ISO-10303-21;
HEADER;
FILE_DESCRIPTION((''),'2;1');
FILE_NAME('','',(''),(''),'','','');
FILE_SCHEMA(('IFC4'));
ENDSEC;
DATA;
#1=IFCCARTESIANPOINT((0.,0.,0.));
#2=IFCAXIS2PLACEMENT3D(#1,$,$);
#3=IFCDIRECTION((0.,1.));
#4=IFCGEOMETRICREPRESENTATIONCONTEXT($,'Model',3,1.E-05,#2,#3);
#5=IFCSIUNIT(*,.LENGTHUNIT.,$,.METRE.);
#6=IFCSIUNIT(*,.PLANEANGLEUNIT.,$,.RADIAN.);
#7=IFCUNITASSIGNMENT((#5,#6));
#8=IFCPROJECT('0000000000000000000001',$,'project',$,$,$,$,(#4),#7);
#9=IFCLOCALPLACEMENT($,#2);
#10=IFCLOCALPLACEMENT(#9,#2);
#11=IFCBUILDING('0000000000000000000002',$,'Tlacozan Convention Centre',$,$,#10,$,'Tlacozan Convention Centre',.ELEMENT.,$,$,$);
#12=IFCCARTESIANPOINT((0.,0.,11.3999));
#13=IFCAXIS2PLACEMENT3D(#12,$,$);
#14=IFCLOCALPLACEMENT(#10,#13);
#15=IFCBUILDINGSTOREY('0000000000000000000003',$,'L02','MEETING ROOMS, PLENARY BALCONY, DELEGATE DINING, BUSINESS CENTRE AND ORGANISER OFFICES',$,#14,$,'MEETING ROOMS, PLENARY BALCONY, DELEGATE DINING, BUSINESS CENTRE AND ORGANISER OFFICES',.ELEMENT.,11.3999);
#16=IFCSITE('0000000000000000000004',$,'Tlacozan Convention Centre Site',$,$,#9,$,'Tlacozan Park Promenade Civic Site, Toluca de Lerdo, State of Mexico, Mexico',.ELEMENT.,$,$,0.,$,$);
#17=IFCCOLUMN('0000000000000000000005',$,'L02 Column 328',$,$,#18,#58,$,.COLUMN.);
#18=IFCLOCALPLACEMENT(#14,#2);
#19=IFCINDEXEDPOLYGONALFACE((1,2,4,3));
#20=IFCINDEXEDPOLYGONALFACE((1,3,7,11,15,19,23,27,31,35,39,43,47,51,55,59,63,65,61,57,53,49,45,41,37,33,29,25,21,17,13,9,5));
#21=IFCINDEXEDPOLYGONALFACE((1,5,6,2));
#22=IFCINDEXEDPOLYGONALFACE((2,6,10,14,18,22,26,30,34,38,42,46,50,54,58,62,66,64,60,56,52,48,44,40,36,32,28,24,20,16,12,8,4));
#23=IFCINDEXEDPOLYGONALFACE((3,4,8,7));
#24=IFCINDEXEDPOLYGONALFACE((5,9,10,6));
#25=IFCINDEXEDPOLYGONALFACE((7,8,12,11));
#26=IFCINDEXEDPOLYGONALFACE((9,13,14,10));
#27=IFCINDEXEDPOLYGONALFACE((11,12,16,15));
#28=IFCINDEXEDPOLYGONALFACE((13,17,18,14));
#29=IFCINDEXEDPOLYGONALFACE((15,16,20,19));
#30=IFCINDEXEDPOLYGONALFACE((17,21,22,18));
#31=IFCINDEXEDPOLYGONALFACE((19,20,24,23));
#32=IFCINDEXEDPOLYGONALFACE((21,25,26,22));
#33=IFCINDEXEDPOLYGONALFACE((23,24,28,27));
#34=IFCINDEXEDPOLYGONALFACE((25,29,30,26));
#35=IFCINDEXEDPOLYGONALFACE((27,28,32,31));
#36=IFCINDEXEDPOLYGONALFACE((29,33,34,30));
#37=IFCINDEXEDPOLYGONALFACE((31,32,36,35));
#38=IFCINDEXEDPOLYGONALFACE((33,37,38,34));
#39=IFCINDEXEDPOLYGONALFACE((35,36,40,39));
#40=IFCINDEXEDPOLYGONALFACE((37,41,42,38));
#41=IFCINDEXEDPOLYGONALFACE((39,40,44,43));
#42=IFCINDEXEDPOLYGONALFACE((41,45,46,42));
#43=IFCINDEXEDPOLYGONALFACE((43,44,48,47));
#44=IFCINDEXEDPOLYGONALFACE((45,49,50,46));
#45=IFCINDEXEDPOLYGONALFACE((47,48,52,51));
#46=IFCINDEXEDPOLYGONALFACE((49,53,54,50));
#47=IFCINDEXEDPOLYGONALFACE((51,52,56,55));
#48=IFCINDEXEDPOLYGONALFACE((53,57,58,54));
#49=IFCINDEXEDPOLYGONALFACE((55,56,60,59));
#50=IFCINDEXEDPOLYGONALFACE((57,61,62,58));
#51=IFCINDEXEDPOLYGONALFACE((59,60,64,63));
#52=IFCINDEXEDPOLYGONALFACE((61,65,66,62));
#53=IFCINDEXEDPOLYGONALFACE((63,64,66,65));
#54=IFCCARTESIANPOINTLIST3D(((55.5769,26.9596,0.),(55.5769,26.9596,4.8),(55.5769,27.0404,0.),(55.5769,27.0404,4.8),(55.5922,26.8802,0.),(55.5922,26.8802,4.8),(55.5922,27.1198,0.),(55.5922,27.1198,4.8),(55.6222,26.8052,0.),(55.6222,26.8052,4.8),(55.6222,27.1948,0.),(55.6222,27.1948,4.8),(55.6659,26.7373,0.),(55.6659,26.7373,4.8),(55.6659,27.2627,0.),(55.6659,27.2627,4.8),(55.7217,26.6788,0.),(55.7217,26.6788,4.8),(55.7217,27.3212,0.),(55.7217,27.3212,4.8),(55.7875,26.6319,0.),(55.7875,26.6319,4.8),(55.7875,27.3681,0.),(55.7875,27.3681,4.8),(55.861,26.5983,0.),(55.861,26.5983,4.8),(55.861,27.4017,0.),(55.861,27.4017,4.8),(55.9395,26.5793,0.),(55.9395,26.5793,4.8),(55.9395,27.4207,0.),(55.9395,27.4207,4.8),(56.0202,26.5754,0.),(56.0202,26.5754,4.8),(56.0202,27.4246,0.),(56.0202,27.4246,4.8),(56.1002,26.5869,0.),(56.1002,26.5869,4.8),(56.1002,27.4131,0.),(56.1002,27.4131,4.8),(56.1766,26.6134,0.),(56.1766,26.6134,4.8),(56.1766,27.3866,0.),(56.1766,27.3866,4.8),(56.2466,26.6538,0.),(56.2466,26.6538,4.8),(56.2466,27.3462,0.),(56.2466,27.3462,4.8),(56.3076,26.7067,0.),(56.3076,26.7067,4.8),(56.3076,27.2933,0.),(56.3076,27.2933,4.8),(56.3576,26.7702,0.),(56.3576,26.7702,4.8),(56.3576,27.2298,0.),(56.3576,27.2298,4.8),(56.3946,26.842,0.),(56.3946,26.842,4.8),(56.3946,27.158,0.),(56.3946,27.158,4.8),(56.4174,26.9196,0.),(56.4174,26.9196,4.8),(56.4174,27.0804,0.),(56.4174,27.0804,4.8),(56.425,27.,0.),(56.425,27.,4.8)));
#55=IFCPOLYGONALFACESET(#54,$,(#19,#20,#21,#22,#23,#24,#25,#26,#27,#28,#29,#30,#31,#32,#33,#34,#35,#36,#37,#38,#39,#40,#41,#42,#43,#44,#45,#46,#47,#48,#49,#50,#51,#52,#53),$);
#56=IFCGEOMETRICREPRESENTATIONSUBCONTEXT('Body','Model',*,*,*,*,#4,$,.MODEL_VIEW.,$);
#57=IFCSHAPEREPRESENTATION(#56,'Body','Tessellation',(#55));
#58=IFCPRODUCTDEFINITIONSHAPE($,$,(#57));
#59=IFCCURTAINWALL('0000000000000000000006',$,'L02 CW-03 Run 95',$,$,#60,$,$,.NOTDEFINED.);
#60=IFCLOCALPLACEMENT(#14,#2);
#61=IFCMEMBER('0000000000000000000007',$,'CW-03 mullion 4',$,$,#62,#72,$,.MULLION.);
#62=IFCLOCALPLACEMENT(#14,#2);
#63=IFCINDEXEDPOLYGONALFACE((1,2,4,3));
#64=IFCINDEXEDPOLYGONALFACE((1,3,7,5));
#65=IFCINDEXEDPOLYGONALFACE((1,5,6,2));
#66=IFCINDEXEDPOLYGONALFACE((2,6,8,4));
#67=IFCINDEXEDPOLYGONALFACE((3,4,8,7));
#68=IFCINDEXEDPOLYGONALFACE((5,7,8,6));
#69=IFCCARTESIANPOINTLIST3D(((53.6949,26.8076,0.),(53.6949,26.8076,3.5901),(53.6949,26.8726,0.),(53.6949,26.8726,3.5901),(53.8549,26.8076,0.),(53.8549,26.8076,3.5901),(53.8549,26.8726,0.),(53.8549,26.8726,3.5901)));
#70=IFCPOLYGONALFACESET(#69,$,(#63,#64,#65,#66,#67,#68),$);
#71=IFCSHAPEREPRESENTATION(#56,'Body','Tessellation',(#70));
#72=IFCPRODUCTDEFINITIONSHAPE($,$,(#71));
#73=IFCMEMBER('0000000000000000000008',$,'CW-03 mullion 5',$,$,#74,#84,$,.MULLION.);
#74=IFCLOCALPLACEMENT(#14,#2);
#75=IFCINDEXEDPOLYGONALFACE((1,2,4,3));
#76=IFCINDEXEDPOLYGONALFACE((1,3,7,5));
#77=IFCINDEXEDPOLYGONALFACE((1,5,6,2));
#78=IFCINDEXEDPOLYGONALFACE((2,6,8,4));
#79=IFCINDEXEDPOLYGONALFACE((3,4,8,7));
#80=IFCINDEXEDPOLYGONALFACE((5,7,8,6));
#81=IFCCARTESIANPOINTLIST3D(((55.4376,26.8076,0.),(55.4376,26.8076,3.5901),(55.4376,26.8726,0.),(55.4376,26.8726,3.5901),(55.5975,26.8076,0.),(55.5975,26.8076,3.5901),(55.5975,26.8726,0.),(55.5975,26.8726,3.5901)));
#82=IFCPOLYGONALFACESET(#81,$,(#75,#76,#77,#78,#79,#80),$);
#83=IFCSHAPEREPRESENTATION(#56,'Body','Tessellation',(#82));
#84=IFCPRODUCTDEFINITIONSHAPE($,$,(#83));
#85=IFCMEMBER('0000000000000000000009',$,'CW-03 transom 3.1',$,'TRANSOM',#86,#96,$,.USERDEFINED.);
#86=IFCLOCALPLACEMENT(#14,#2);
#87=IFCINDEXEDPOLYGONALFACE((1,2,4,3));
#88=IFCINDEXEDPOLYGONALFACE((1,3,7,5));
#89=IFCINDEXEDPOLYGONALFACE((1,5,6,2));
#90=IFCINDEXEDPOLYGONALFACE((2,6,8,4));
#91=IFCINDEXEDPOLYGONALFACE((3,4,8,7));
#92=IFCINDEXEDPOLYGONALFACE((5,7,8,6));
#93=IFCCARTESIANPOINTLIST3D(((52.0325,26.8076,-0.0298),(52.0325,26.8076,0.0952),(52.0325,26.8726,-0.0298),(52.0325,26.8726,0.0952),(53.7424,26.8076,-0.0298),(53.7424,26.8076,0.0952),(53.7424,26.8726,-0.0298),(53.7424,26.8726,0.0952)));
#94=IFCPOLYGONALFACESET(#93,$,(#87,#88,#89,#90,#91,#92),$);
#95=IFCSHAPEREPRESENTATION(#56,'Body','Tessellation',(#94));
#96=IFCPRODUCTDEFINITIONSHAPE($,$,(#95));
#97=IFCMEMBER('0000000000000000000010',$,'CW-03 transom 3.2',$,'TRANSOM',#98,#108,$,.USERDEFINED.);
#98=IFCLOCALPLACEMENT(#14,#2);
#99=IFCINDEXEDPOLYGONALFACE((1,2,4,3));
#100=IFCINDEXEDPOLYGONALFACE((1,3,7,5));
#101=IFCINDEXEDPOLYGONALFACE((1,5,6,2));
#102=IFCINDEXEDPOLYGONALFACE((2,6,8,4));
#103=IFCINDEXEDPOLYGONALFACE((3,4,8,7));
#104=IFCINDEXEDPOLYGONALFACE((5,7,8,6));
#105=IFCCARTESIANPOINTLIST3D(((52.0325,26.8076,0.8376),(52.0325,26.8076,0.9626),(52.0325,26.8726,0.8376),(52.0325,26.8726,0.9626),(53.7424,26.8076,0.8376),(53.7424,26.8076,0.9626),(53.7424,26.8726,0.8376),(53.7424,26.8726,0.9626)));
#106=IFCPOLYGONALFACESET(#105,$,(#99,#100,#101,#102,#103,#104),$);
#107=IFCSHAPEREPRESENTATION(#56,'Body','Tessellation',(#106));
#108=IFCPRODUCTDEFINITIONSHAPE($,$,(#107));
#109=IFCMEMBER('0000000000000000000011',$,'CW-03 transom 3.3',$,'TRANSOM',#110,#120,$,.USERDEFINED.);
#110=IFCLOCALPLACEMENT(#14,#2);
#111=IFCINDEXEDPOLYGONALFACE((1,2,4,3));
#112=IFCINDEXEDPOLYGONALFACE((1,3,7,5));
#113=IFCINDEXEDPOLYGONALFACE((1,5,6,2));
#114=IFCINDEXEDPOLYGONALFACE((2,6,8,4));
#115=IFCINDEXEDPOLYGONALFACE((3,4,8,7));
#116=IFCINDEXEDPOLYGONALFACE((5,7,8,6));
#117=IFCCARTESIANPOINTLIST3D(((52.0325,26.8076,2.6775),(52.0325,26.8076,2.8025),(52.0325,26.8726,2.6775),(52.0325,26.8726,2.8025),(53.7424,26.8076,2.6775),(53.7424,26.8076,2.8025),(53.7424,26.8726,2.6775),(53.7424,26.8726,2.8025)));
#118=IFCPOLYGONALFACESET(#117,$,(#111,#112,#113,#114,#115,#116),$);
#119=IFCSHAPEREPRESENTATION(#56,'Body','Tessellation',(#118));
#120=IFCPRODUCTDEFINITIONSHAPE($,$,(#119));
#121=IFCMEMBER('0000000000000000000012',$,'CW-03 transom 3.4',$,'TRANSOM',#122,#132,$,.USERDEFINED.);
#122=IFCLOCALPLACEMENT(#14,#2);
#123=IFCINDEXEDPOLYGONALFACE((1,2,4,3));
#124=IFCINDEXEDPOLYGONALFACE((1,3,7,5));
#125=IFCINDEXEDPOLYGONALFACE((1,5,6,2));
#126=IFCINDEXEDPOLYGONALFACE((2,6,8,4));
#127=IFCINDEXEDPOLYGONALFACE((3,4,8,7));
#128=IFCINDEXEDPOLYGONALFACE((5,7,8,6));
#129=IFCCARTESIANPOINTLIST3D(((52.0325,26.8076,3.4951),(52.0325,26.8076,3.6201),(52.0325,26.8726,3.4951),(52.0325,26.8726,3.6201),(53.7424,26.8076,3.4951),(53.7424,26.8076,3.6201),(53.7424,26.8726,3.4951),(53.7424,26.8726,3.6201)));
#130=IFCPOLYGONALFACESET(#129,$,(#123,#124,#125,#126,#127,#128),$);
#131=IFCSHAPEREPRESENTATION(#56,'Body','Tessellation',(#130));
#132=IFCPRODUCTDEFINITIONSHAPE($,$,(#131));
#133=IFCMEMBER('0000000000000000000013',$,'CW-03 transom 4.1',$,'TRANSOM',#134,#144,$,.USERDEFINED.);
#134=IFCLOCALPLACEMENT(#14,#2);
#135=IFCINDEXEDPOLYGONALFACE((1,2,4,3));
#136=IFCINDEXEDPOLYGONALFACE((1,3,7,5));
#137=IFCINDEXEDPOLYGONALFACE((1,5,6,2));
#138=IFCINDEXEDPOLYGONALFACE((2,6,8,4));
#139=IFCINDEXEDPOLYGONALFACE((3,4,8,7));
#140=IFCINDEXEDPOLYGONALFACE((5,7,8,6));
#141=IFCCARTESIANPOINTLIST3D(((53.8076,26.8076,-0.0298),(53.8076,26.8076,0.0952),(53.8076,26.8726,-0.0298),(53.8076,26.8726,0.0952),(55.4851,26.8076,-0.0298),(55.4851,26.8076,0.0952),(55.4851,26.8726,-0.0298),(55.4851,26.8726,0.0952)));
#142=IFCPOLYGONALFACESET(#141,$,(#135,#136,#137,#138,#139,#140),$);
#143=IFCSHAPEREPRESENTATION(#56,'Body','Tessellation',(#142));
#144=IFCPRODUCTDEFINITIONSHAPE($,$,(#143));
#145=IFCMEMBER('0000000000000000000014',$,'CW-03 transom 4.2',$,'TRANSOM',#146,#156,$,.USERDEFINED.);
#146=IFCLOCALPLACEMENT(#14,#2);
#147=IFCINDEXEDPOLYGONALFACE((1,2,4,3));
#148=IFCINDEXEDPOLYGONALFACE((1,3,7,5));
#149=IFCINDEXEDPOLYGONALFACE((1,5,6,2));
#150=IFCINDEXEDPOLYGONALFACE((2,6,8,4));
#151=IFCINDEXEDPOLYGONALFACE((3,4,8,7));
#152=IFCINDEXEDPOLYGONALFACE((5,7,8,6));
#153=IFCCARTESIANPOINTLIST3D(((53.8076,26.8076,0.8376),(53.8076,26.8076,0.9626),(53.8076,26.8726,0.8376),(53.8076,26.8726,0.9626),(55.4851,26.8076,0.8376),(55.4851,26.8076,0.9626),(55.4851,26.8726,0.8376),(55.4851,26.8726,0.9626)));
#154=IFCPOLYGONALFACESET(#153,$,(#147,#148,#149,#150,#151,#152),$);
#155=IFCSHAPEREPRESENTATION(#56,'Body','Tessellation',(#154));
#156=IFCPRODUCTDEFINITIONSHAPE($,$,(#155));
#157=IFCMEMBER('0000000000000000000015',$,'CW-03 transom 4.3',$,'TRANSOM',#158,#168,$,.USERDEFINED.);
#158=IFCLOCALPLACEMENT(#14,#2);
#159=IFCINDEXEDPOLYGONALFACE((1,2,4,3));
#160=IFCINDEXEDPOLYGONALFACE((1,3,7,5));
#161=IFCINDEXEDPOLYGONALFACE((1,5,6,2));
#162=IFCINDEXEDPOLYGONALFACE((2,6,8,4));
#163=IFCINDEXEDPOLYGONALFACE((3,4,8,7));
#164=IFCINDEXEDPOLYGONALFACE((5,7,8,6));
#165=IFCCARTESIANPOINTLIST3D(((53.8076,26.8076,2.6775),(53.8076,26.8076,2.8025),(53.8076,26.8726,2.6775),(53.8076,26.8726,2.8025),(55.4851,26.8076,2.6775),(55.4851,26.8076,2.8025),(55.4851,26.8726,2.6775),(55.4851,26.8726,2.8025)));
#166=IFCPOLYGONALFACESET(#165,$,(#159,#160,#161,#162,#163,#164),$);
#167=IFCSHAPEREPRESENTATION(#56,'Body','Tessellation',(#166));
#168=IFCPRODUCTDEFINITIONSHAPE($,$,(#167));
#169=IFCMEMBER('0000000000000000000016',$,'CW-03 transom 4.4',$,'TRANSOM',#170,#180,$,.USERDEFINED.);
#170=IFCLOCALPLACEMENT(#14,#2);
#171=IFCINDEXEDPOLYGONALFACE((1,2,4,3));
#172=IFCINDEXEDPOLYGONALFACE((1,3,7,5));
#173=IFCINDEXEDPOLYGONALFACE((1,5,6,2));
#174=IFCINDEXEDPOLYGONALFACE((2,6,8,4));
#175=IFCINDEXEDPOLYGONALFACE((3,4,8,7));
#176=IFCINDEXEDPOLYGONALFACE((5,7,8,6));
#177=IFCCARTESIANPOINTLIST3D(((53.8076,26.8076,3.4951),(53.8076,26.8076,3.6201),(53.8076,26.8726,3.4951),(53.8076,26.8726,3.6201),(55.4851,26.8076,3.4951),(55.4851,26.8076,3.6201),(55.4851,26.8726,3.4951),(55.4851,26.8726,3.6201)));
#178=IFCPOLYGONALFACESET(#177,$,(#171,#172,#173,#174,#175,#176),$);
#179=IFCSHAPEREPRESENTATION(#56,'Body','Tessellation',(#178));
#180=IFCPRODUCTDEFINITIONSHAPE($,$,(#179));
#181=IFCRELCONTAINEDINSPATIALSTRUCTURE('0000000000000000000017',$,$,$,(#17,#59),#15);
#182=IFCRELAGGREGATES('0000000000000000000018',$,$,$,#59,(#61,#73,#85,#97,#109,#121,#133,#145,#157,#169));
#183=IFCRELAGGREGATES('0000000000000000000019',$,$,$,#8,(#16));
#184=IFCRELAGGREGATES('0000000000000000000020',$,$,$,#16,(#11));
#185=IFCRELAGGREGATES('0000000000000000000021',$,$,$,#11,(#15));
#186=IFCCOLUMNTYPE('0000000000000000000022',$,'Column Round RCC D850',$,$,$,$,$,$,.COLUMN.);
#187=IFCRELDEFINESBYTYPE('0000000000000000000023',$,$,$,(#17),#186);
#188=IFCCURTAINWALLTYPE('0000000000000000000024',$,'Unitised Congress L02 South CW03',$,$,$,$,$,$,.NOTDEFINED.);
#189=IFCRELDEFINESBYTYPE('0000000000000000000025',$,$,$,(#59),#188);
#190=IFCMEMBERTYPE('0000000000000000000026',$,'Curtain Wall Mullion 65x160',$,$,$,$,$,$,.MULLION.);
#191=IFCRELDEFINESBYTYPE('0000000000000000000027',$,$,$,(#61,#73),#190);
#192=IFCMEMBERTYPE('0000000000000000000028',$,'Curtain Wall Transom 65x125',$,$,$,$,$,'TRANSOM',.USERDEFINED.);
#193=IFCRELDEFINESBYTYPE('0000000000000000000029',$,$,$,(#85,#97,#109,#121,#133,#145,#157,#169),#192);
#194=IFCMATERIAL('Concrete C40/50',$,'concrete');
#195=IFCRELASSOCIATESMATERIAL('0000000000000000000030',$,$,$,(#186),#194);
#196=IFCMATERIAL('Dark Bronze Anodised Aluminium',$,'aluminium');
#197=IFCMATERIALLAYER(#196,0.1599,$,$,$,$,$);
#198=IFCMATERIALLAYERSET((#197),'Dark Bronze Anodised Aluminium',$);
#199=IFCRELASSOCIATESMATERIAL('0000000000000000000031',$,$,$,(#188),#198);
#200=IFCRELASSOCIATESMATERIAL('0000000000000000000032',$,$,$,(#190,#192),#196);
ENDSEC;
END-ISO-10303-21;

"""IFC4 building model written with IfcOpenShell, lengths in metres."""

from ifc_helpers import new_model, si_unit, direction, frame, origin, origin_2d, place, context, subcontext, project, spatial, rectangle, circle, extrude, material, layer, layer_set, material_profile, profile_set, type_object, element, aggregate, save


model = new_model("IFC4")

# Units and contexts
model_context = context("Model", 3, precision=1e-05, world=origin(), true_north=direction((0.0, 1.0)))
body_context = subcontext(model_context, "Body", "Model", "MODEL_VIEW")
ifc_project = project(units=[si_unit("LENGTHUNIT", "METRE"), si_unit("PLANEANGLEUNIT", "RADIAN")], contexts=[model_context])

# Site, building, storey
site_placement = place(None, origin())
site = spatial("IfcSite", under=ifc_project, at=site_placement, Name="Tlacozan Convention Centre Site", LongName="Tlacozan Park Promenade Civic Site, Toluca de Lerdo, State of Mexico, Mexico", CompositionType="ELEMENT", RefElevation=0.0)
building_placement = place(site_placement, origin())
building = spatial("IfcBuilding", under=site, at=building_placement, Name="Tlacozan Convention Centre", LongName="Tlacozan Convention Centre", CompositionType="ELEMENT")
storey_placement = place(building_placement, frame((0.0, 0.0, 11.3999)))
storey = spatial("IfcBuildingStorey", under=building, at=storey_placement, Name="L02", Description="MEETING ROOMS, PLENARY BALCONY, DELEGATE DINING, BUSINESS CENTRE AND ORGANISER OFFICES", LongName="MEETING ROOMS, PLENARY BALCONY, DELEGATE DINING, BUSINESS CENTRE AND ORGANISER OFFICES", CompositionType="ELEMENT", Elevation=11.3999)

# Column
ifc_material_1 = material(Name="Concrete C40/50", Category="concrete")
ifc_material_profile_1 = material_profile(ifc_material_1, circle(Radius=0.425, at=origin_2d()), Name="RCC D850")
ifc_profile_set_1 = profile_set([ifc_material_profile_1], Name="Concrete C40/50")
column_type = type_object("IfcColumnType", Name="Column Round RCC D850", PredefinedType="COLUMN", material=ifc_profile_set_1)
column_placement = place(storey_placement, frame((56.0, 27.0, 0.0), z_axis=(0.0, 0.0, 1.0), x_axis=(1.0, 0.0, 0.0)))
element("IfcColumn", 1, at=column_placement, inside=storey, type_object=column_type, Name="L02 Column 328", PredefinedType="COLUMN", context=body_context, shape_type="SweptSolid", body=[
    extrude(circle(Radius=0.425, at=origin_2d()), origin(), (0.0, 0.0, 1.0), 4.8),
])

# Curtain wall, members
ifc_material_2 = material(Name="Dark Bronze Anodised Aluminium", Category="aluminium")
ifc_layer_1 = layer(ifc_material_2, 0.1599)
ifc_layer_set_1 = layer_set([ifc_layer_1], Name="Dark Bronze Anodised Aluminium")
curtain_wall_type = type_object("IfcCurtainWallType", Name="Unitised Congress L02 South CW03", PredefinedType="NOTDEFINED", material=ifc_layer_set_1)
curtain_wall_placement = place(storey_placement, origin())
curtain_wall = element("IfcCurtainWall", 2, at=curtain_wall_placement, inside=storey, type_object=curtain_wall_type, Name="L02 CW-03 Run 95", PredefinedType="NOTDEFINED")
ifc_material_profile_2 = material_profile(ifc_material_2, rectangle(XDim=0.0649, YDim=0.1599, at=origin_2d()), Name="ALU 65x160")
ifc_profile_set_2 = profile_set([ifc_material_profile_2], Name="Dark Bronze Anodised Aluminium")
member_type_1 = type_object("IfcMemberType", Name="Curtain Wall Mullion 65x160", PredefinedType="MULLION", material=ifc_profile_set_2)
member_1_placement = place(storey_placement, frame((53.7749, 26.8401, 0.0), z_axis=(0.0, 0.0, 1.0), x_axis=(0.0, 1.0, 0.0)))
member_1 = element("IfcMember", 3, at=member_1_placement, type_object=member_type_1, Name="CW-03 mullion 4", PredefinedType="MULLION", context=body_context, shape_type="SweptSolid", body=[
    extrude(rectangle(XDim=0.0649, YDim=0.1599, at=origin_2d()), origin(), (0.0, 0.0, 1.0), 3.5901),
])
member_2_placement = place(storey_placement, frame((55.5176, 26.8401, 0.0), z_axis=(0.0, 0.0, 1.0), x_axis=(0.0, 1.0, 0.0)))
member_2 = element("IfcMember", 4, at=member_2_placement, type_object=member_type_1, Name="CW-03 mullion 5", PredefinedType="MULLION", context=body_context, shape_type="SweptSolid", body=[
    extrude(rectangle(XDim=0.0649, YDim=0.1599, at=origin_2d()), origin(), (0.0, 0.0, 1.0), 3.5901),
])
ifc_material_profile_3 = material_profile(ifc_material_2, rectangle(XDim=0.0649, YDim=0.125, at=origin_2d()), Name="ALU 65x125")
ifc_profile_set_3 = profile_set([ifc_material_profile_3], Name="Dark Bronze Anodised Aluminium")
member_type_2 = type_object("IfcMemberType", Name="Curtain Wall Transom 65x125", ElementType="TRANSOM", PredefinedType="USERDEFINED", material=ifc_profile_set_3)
member_3_placement = place(storey_placement, frame((52.0325, 26.8401, 0.0327), z_axis=(1.0, 0.0, 0.0), x_axis=(0.0, 1.0, 0.0)))
member_3 = element("IfcMember", 5, at=member_3_placement, type_object=member_type_2, Name="CW-03 transom 3.1", ObjectType="TRANSOM", PredefinedType="USERDEFINED", context=body_context, shape_type="SweptSolid", body=[
    extrude(rectangle(XDim=0.0649, YDim=0.125, at=origin_2d()), origin(), (0.0, 0.0, 1.0), 1.71),
])
member_4_placement = place(storey_placement, frame((52.0325, 26.8401, 0.9001), z_axis=(1.0, 0.0, 0.0), x_axis=(0.0, 1.0, 0.0)))
member_4 = element("IfcMember", 6, at=member_4_placement, type_object=member_type_2, Name="CW-03 transom 3.2", ObjectType="TRANSOM", PredefinedType="USERDEFINED", context=body_context, shape_type="SweptSolid", body=[
    extrude(rectangle(XDim=0.0649, YDim=0.125, at=origin_2d()), origin(), (0.0, 0.0, 1.0), 1.71),
])
member_5_placement = place(storey_placement, frame((52.0325, 26.8401, 2.74), z_axis=(1.0, 0.0, 0.0), x_axis=(0.0, 1.0, 0.0)))
member_5 = element("IfcMember", 7, at=member_5_placement, type_object=member_type_2, Name="CW-03 transom 3.3", ObjectType="TRANSOM", PredefinedType="USERDEFINED", context=body_context, shape_type="SweptSolid", body=[
    extrude(rectangle(XDim=0.0649, YDim=0.125, at=origin_2d()), origin(), (0.0, 0.0, 1.0), 1.71),
])
member_6_placement = place(storey_placement, frame((52.0325, 26.8401, 3.5576), z_axis=(1.0, 0.0, 0.0), x_axis=(0.0, 1.0, 0.0)))
member_6 = element("IfcMember", 8, at=member_6_placement, type_object=member_type_2, Name="CW-03 transom 3.4", ObjectType="TRANSOM", PredefinedType="USERDEFINED", context=body_context, shape_type="SweptSolid", body=[
    extrude(rectangle(XDim=0.0649, YDim=0.125, at=origin_2d()), origin(), (0.0, 0.0, 1.0), 1.71),
])
member_7_placement = place(storey_placement, frame((53.8076, 26.8401, 0.0327), z_axis=(1.0, 0.0, 0.0), x_axis=(0.0, 1.0, 0.0)))
member_7 = element("IfcMember", 9, at=member_7_placement, type_object=member_type_2, Name="CW-03 transom 4.1", ObjectType="TRANSOM", PredefinedType="USERDEFINED", context=body_context, shape_type="SweptSolid", body=[
    extrude(rectangle(XDim=0.0649, YDim=0.125, at=origin_2d()), origin(), (0.0, 0.0, 1.0), 1.6775),
])
member_8_placement = place(storey_placement, frame((53.8076, 26.8401, 0.9001), z_axis=(1.0, 0.0, 0.0), x_axis=(0.0, 1.0, 0.0)))
member_8 = element("IfcMember", 10, at=member_8_placement, type_object=member_type_2, Name="CW-03 transom 4.2", ObjectType="TRANSOM", PredefinedType="USERDEFINED", context=body_context, shape_type="SweptSolid", body=[
    extrude(rectangle(XDim=0.0649, YDim=0.125, at=origin_2d()), origin(), (0.0, 0.0, 1.0), 1.6775),
])
member_9_placement = place(storey_placement, frame((53.8076, 26.8401, 2.74), z_axis=(1.0, 0.0, 0.0), x_axis=(0.0, 1.0, 0.0)))
member_9 = element("IfcMember", 11, at=member_9_placement, type_object=member_type_2, Name="CW-03 transom 4.3", ObjectType="TRANSOM", PredefinedType="USERDEFINED", context=body_context, shape_type="SweptSolid", body=[
    extrude(rectangle(XDim=0.0649, YDim=0.125, at=origin_2d()), origin(), (0.0, 0.0, 1.0), 1.6775),
])
member_10_placement = place(storey_placement, frame((53.8076, 26.8401, 3.5576), z_axis=(1.0, 0.0, 0.0), x_axis=(0.0, 1.0, 0.0)))
member_10 = element("IfcMember", 12, at=member_10_placement, type_object=member_type_2, Name="CW-03 transom 4.4", ObjectType="TRANSOM", PredefinedType="USERDEFINED", context=body_context, shape_type="SweptSolid", body=[
    extrude(rectangle(XDim=0.0649, YDim=0.125, at=origin_2d()), origin(), (0.0, 0.0, 1.0), 1.6775),
])

aggregate(curtain_wall, [member_1, member_2, member_3, member_4, member_5, member_6, member_7, member_8, member_9, member_10])

save(model, "model.ifc")
